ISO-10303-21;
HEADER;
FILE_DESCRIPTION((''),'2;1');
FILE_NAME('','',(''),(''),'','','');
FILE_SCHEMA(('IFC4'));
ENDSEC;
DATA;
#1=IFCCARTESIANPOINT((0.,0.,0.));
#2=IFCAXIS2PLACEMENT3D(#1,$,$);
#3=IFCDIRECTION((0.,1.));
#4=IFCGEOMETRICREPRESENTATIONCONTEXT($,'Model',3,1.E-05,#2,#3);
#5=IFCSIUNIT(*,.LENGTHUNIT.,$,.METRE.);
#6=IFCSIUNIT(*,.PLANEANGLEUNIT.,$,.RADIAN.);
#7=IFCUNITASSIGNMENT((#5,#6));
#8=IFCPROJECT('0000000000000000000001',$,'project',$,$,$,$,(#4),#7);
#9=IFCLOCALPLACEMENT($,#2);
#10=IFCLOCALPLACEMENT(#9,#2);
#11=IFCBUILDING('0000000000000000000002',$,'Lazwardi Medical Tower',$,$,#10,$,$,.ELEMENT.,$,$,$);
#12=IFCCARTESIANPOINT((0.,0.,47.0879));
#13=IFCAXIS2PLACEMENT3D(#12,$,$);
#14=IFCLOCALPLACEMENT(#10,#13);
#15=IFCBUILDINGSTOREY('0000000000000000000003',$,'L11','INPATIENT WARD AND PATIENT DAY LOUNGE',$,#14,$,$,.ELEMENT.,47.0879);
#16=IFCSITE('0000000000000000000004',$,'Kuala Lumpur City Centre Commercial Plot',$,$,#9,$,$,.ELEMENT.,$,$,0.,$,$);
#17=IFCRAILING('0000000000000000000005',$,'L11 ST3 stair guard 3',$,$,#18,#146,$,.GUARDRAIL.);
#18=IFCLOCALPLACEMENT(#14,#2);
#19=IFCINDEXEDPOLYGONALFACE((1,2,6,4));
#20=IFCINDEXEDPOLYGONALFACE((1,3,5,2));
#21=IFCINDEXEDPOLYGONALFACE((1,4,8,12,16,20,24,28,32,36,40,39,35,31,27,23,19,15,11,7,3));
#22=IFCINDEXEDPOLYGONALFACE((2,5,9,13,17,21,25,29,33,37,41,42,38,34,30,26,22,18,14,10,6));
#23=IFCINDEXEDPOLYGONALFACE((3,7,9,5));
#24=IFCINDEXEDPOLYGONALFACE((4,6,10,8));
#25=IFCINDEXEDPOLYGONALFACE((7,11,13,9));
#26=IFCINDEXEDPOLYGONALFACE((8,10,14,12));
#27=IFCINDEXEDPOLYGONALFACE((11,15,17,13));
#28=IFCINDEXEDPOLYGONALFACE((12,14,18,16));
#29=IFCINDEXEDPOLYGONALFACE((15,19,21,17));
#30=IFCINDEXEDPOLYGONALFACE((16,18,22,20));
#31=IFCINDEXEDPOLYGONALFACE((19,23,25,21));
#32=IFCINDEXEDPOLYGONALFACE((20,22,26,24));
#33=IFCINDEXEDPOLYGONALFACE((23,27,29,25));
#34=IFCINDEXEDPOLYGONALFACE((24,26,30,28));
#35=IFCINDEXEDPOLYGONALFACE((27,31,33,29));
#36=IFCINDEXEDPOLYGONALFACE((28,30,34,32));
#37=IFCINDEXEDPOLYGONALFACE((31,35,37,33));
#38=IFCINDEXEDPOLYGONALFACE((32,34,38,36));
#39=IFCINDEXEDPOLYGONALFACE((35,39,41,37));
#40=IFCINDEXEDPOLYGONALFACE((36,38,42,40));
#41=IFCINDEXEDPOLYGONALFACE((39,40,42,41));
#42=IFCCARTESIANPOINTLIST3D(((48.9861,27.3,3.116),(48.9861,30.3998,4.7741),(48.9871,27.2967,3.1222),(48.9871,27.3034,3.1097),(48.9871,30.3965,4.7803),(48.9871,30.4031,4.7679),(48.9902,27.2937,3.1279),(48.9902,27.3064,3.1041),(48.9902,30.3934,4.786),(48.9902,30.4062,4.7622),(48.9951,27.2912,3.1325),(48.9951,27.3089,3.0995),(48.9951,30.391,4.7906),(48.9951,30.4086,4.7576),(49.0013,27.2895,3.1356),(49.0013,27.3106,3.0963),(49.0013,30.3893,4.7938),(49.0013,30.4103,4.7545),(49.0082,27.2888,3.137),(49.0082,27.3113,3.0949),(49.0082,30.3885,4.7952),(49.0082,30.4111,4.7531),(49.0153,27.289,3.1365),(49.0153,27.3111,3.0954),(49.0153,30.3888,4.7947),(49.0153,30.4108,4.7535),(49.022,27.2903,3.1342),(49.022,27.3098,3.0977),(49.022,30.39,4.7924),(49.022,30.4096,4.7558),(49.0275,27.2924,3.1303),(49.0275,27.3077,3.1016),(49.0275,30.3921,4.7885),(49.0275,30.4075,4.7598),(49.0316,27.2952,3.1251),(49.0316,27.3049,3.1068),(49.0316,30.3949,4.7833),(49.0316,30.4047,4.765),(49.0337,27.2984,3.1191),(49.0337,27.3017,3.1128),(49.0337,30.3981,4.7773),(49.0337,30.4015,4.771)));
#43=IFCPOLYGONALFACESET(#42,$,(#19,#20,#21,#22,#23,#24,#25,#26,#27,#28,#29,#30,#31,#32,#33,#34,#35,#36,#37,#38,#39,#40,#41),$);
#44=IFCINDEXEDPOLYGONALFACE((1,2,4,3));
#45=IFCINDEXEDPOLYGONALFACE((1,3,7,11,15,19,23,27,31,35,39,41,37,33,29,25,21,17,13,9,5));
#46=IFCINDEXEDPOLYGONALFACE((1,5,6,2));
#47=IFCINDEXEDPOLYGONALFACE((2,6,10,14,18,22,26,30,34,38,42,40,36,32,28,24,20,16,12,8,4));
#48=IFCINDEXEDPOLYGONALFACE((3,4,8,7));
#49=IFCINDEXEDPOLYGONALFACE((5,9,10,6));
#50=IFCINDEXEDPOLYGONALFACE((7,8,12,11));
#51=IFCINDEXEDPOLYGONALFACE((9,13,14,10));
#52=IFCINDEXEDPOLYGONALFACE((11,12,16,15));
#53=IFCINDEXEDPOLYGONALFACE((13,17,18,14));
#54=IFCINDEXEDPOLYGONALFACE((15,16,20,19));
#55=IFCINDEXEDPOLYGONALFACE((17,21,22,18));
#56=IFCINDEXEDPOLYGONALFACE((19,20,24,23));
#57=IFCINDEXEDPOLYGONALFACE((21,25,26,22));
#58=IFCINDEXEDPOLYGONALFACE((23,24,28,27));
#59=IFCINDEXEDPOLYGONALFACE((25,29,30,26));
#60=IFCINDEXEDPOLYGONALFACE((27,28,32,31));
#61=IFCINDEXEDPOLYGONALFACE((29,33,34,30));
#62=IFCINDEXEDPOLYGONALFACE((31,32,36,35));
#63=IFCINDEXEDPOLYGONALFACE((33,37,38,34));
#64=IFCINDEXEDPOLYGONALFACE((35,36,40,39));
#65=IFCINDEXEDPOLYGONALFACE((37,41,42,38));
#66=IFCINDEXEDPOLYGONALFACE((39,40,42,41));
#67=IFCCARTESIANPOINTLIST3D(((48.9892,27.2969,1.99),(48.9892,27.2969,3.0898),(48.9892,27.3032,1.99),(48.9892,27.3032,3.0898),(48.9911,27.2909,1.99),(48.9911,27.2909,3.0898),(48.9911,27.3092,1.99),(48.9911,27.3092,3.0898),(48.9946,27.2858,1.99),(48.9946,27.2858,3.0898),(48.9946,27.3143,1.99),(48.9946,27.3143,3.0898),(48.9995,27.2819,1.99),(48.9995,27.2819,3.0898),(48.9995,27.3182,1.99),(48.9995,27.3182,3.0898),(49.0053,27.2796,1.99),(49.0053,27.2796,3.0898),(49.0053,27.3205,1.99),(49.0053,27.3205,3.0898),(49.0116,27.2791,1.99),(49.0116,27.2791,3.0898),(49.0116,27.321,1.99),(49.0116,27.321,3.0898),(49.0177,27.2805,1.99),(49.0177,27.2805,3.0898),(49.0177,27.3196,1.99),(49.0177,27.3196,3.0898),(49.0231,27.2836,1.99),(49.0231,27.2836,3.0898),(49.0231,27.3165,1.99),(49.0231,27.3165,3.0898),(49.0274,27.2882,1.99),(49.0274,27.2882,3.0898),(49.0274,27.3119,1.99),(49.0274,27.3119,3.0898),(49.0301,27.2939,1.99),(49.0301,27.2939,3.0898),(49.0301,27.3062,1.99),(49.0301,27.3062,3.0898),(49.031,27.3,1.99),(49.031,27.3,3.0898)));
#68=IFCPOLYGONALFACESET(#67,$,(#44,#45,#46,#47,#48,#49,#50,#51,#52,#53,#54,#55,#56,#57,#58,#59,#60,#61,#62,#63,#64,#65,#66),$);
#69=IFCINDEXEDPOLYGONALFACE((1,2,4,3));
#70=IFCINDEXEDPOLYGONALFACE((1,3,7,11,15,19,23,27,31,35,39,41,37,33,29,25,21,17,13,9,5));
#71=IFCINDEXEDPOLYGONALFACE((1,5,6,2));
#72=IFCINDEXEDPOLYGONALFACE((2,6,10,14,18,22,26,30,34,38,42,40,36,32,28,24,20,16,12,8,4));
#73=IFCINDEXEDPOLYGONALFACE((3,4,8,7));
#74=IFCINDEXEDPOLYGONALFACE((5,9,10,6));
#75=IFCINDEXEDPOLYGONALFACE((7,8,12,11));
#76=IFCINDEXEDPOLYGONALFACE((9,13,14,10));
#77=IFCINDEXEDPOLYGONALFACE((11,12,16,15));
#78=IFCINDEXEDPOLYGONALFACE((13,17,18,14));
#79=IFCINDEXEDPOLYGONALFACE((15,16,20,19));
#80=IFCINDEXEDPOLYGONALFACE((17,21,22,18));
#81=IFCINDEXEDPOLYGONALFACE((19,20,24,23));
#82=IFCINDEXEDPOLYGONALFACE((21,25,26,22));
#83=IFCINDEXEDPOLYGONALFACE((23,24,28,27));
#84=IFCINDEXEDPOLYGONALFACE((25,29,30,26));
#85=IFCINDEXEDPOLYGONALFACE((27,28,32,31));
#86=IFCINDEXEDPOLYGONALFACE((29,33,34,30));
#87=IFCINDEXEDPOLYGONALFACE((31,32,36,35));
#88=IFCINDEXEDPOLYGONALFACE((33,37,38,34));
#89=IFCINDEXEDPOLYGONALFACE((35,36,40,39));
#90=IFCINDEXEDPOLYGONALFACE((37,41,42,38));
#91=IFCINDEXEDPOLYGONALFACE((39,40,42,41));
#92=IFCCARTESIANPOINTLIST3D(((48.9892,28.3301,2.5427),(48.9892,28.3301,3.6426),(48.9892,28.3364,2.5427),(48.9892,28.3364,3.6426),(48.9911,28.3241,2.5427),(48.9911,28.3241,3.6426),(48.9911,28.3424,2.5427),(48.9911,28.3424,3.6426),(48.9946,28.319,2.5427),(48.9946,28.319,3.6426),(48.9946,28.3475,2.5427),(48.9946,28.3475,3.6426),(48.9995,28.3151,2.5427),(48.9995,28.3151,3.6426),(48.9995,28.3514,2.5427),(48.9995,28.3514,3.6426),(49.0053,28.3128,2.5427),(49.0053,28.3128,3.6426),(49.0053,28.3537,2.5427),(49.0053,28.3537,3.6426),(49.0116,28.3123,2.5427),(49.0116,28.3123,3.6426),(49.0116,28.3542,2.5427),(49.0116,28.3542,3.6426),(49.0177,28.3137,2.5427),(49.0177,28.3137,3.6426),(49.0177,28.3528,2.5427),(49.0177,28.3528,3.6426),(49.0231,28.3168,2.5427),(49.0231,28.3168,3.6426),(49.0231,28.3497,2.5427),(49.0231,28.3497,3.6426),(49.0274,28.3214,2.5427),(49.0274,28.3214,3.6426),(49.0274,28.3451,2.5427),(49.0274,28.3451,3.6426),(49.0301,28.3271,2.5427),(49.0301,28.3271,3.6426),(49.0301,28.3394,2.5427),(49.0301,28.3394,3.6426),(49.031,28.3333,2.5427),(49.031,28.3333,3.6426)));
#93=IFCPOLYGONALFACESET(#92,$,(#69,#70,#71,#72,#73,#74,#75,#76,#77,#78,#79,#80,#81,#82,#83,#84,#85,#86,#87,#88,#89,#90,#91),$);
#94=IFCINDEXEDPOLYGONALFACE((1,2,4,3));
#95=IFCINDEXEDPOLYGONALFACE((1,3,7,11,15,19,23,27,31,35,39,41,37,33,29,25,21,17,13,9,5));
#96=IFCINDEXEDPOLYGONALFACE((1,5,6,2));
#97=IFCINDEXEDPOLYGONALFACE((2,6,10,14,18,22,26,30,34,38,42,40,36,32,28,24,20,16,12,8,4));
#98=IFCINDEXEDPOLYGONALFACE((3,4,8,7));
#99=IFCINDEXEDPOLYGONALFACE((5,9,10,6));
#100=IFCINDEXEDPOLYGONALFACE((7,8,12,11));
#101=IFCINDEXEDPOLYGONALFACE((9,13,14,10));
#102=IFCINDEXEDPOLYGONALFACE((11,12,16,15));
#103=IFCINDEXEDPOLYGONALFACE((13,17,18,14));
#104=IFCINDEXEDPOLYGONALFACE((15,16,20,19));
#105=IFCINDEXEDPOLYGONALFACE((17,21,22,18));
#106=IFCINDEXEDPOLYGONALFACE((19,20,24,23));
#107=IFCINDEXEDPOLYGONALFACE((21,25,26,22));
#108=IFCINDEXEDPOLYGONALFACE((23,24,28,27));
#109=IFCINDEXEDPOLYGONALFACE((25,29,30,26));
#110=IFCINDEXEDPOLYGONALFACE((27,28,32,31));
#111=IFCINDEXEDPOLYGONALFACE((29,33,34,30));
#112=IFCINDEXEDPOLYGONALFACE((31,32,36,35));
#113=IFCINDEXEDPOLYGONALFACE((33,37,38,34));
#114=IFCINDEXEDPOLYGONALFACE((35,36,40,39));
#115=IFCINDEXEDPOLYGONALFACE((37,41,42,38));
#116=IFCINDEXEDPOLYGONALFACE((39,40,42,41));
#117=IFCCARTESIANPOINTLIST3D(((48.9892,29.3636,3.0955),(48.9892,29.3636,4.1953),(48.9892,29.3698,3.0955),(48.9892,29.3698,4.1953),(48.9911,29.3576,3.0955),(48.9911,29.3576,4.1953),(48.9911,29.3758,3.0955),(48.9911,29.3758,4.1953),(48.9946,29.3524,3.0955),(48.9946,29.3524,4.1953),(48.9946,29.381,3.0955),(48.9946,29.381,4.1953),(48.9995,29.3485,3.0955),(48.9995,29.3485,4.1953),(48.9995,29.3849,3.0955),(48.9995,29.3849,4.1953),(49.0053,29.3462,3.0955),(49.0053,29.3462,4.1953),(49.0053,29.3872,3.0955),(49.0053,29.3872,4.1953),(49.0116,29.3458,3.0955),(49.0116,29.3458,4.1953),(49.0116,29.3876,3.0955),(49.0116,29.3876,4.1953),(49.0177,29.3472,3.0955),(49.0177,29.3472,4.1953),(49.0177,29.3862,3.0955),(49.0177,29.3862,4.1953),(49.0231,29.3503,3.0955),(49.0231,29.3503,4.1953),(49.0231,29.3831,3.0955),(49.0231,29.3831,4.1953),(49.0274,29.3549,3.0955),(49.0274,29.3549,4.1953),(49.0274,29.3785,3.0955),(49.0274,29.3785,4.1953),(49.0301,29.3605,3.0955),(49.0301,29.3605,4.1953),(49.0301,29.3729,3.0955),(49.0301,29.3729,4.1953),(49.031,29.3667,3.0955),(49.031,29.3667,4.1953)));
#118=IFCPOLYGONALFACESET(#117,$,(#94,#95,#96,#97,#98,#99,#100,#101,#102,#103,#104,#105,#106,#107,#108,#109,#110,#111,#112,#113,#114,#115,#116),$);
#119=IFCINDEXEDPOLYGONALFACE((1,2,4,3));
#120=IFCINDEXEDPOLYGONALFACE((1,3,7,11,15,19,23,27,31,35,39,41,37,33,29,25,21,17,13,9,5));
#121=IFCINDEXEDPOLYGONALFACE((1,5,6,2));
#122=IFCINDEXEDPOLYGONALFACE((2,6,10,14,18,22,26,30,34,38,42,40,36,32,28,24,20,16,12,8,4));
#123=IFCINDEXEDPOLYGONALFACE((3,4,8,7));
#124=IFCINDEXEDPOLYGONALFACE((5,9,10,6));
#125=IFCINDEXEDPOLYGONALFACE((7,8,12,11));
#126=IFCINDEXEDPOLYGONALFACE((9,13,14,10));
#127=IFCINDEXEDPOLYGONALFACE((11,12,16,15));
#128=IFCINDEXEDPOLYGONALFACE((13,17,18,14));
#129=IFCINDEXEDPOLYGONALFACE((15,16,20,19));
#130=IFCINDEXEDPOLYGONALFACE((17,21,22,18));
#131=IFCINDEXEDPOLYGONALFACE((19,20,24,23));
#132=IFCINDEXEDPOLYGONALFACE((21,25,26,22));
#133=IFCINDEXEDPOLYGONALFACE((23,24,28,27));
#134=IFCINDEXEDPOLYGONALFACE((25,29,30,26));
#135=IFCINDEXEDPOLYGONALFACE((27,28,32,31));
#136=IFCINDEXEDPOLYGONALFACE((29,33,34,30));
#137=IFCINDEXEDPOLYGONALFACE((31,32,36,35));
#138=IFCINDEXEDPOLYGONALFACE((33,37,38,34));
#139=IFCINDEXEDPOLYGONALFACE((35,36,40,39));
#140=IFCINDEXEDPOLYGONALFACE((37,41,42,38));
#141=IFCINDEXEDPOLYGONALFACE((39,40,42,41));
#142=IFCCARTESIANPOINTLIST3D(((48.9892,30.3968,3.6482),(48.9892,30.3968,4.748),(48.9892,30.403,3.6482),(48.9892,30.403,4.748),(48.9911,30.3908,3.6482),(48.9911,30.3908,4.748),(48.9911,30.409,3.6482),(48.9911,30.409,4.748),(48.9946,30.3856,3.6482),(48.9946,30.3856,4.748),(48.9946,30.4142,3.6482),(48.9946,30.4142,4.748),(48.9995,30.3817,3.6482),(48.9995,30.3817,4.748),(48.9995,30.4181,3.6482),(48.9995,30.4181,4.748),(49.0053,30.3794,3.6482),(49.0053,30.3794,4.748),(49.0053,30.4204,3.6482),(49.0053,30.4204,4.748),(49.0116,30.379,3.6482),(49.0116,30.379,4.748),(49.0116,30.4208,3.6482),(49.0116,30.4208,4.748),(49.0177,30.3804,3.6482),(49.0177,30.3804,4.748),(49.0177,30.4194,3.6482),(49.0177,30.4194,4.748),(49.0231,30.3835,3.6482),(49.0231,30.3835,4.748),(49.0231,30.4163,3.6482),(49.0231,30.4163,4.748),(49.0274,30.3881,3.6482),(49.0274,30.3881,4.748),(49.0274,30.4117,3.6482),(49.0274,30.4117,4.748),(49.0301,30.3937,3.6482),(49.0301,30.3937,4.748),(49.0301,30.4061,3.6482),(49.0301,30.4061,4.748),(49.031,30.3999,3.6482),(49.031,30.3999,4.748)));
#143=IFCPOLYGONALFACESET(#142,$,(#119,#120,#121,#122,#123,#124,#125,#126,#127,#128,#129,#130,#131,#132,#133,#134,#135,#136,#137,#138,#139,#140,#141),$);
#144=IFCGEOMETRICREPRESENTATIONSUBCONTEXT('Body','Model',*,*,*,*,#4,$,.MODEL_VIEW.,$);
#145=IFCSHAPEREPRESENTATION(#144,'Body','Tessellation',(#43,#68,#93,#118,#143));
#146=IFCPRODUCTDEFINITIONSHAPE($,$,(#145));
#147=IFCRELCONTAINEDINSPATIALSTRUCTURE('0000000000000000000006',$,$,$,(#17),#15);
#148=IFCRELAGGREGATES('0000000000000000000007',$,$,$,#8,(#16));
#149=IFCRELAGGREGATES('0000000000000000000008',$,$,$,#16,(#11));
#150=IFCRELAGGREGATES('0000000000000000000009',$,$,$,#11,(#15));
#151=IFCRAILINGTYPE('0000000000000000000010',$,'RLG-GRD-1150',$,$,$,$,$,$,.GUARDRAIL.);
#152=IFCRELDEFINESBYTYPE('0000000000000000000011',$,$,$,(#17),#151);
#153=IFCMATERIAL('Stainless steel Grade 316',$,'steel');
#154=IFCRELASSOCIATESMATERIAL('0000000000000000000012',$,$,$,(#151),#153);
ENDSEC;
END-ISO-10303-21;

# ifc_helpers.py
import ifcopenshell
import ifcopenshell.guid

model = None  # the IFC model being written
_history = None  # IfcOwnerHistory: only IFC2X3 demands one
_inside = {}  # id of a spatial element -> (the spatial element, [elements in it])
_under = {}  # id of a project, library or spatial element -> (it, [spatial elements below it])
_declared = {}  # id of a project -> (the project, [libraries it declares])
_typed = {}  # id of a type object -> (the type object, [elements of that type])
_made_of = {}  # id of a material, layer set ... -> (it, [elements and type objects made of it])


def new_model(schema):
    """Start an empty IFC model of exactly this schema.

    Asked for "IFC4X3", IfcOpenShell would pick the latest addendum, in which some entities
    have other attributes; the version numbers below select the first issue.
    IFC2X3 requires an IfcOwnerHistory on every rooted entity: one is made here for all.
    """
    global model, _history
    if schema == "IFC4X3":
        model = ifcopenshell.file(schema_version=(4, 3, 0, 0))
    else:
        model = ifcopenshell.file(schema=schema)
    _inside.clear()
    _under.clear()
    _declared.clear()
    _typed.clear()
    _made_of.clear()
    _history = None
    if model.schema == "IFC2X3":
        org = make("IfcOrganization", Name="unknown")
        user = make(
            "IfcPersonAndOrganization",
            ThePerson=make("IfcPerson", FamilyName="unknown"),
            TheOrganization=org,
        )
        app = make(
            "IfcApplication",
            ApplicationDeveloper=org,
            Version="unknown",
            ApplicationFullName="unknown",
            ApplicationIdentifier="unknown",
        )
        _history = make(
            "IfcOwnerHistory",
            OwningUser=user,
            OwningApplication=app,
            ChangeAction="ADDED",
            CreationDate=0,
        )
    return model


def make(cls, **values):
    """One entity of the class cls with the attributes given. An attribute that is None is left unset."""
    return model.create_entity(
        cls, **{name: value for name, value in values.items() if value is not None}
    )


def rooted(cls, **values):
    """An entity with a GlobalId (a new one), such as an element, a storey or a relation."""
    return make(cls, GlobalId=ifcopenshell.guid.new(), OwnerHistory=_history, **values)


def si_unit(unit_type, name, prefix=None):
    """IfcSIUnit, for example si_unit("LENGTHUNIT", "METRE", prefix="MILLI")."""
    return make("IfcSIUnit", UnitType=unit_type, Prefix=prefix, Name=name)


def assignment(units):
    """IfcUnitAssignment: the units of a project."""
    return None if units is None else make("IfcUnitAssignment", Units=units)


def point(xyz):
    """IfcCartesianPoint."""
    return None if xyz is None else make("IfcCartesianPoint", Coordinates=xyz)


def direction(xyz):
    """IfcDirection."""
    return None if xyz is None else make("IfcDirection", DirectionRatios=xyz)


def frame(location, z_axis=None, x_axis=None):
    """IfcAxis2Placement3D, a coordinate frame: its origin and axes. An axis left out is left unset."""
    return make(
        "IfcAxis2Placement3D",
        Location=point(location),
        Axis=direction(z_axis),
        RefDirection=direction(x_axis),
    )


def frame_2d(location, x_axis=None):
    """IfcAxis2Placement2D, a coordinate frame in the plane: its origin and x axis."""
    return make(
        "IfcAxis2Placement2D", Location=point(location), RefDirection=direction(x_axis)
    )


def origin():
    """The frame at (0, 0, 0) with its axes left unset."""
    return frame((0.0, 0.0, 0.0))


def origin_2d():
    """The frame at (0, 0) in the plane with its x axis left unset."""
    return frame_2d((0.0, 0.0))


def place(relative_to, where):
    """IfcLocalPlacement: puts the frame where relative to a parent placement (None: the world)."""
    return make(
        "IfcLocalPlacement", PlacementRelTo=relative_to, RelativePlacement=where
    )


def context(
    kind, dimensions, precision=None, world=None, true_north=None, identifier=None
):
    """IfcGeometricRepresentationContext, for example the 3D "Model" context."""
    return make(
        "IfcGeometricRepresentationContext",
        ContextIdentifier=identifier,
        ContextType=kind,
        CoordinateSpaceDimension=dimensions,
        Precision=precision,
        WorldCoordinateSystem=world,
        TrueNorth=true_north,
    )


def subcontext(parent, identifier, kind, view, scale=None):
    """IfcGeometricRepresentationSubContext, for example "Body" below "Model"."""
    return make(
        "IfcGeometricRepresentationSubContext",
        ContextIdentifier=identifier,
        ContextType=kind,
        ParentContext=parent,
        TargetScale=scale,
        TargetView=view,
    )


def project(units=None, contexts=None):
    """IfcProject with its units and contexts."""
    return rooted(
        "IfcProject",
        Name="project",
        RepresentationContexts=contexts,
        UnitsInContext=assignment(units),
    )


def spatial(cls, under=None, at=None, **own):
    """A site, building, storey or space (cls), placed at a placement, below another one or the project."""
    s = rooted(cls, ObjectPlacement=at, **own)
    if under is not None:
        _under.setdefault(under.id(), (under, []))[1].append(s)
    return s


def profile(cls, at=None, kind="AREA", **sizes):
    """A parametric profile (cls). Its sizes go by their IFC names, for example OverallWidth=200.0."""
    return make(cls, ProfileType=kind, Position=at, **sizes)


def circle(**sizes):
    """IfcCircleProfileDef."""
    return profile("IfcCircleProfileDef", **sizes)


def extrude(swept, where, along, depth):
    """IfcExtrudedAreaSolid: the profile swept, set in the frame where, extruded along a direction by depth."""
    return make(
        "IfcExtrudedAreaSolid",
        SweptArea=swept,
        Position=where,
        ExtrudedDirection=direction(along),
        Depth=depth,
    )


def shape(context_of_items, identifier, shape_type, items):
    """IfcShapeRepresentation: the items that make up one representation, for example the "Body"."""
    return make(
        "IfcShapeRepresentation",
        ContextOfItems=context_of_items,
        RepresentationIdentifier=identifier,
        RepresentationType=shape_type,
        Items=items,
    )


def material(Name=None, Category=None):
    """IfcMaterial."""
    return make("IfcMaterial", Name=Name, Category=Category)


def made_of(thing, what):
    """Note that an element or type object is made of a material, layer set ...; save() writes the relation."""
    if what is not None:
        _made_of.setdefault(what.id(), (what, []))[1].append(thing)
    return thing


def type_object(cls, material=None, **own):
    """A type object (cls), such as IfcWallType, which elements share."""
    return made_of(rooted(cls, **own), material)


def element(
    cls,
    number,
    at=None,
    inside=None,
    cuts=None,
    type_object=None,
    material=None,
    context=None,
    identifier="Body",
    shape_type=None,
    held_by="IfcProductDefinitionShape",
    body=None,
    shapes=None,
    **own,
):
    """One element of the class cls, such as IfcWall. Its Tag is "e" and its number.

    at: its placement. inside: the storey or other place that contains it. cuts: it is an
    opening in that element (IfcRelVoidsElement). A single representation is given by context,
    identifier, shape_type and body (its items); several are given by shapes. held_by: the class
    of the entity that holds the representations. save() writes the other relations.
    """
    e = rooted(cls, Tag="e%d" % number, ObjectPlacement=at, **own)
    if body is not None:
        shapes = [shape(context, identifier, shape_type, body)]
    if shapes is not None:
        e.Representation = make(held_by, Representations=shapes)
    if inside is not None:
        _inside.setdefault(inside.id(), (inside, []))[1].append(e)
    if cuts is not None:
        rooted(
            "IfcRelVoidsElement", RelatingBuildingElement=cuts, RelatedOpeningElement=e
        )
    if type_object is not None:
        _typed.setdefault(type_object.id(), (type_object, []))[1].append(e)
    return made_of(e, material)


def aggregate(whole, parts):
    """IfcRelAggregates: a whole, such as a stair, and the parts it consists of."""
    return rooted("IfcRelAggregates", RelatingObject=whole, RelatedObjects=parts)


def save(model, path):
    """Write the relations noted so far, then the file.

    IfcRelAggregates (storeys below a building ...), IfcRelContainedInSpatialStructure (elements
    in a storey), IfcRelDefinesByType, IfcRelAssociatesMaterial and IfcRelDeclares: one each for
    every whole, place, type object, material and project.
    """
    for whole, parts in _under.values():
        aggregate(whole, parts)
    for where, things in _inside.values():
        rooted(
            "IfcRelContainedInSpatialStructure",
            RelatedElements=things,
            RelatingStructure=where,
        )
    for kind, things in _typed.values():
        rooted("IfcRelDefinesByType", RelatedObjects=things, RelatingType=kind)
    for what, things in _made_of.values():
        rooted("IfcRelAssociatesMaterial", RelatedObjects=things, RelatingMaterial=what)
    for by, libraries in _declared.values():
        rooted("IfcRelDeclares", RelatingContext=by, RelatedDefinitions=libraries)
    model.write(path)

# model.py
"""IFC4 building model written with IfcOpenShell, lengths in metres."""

from ifc_helpers import new_model, si_unit, direction, frame, origin, origin_2d, place, context, subcontext, project, spatial, circle, extrude, material, type_object, element, save


model = new_model("IFC4")

# Units and contexts
model_context = context("Model", 3, precision=1e-05, world=origin(), true_north=direction((0.0, 1.0)))
body_context = subcontext(model_context, "Body", "Model", "MODEL_VIEW")
ifc_project = project(units=[si_unit("LENGTHUNIT", "METRE"), si_unit("PLANEANGLEUNIT", "RADIAN")], contexts=[model_context])

# Site, building, storey
site_placement = place(None, origin())
site = spatial("IfcSite", under=ifc_project, at=site_placement, Name="Kuala Lumpur City Centre Commercial Plot", CompositionType="ELEMENT", RefElevation=0.0)
building_placement = place(site_placement, origin())
building = spatial("IfcBuilding", under=site, at=building_placement, Name="Lazwardi Medical Tower", CompositionType="ELEMENT")
storey_placement = place(building_placement, frame((0.0, 0.0, 47.0879)))
storey = spatial("IfcBuildingStorey", under=building, at=storey_placement, Name="L11", Description="INPATIENT WARD AND PATIENT DAY LOUNGE", CompositionType="ELEMENT", Elevation=47.0879)

# Railing
ifc_material_1 = material(Name="Stainless steel Grade 316", Category="steel")
railing_type_1 = type_object("IfcRailingType", Name="RLG-GRD-1150", PredefinedType="GUARDRAIL", material=ifc_material_1)
railing_1_placement = place(storey_placement, frame((49.01, 27.3, 1.99)))
element("IfcRailing", 1, at=railing_1_placement, inside=storey, type_object=railing_type_1, Name="L11 ST3 stair guard 3", PredefinedType="GUARDRAIL", context=body_context, shape_type="SweptSolid", body=[
    extrude(circle(Radius=0.0239, at=origin_2d()), frame((0.0, 0.0, 1.126), z_axis=(0.0, 0.881768, 0.471684), x_axis=(-1.0, 0.0, 0.0)), (0.0, 0.0, 1.0), 3.5154),
    extrude(circle(Radius=0.021, at=origin_2d()), origin(), (0.0, 0.0, 1.0), 1.0999),
    extrude(circle(Radius=0.021, at=origin_2d()), frame((0.0, 1.0332, 0.5527)), (0.0, 0.0, 1.0), 1.0999),
    extrude(circle(Radius=0.021, at=origin_2d()), frame((0.0, 2.0667, 1.1055)), (0.0, 0.0, 1.0), 1.0999),
    extrude(circle(Radius=0.021, at=origin_2d()), frame((0.0, 3.0999, 1.6582)), (0.0, 0.0, 1.0), 1.0999),
])

save(model, "model.ifc")
